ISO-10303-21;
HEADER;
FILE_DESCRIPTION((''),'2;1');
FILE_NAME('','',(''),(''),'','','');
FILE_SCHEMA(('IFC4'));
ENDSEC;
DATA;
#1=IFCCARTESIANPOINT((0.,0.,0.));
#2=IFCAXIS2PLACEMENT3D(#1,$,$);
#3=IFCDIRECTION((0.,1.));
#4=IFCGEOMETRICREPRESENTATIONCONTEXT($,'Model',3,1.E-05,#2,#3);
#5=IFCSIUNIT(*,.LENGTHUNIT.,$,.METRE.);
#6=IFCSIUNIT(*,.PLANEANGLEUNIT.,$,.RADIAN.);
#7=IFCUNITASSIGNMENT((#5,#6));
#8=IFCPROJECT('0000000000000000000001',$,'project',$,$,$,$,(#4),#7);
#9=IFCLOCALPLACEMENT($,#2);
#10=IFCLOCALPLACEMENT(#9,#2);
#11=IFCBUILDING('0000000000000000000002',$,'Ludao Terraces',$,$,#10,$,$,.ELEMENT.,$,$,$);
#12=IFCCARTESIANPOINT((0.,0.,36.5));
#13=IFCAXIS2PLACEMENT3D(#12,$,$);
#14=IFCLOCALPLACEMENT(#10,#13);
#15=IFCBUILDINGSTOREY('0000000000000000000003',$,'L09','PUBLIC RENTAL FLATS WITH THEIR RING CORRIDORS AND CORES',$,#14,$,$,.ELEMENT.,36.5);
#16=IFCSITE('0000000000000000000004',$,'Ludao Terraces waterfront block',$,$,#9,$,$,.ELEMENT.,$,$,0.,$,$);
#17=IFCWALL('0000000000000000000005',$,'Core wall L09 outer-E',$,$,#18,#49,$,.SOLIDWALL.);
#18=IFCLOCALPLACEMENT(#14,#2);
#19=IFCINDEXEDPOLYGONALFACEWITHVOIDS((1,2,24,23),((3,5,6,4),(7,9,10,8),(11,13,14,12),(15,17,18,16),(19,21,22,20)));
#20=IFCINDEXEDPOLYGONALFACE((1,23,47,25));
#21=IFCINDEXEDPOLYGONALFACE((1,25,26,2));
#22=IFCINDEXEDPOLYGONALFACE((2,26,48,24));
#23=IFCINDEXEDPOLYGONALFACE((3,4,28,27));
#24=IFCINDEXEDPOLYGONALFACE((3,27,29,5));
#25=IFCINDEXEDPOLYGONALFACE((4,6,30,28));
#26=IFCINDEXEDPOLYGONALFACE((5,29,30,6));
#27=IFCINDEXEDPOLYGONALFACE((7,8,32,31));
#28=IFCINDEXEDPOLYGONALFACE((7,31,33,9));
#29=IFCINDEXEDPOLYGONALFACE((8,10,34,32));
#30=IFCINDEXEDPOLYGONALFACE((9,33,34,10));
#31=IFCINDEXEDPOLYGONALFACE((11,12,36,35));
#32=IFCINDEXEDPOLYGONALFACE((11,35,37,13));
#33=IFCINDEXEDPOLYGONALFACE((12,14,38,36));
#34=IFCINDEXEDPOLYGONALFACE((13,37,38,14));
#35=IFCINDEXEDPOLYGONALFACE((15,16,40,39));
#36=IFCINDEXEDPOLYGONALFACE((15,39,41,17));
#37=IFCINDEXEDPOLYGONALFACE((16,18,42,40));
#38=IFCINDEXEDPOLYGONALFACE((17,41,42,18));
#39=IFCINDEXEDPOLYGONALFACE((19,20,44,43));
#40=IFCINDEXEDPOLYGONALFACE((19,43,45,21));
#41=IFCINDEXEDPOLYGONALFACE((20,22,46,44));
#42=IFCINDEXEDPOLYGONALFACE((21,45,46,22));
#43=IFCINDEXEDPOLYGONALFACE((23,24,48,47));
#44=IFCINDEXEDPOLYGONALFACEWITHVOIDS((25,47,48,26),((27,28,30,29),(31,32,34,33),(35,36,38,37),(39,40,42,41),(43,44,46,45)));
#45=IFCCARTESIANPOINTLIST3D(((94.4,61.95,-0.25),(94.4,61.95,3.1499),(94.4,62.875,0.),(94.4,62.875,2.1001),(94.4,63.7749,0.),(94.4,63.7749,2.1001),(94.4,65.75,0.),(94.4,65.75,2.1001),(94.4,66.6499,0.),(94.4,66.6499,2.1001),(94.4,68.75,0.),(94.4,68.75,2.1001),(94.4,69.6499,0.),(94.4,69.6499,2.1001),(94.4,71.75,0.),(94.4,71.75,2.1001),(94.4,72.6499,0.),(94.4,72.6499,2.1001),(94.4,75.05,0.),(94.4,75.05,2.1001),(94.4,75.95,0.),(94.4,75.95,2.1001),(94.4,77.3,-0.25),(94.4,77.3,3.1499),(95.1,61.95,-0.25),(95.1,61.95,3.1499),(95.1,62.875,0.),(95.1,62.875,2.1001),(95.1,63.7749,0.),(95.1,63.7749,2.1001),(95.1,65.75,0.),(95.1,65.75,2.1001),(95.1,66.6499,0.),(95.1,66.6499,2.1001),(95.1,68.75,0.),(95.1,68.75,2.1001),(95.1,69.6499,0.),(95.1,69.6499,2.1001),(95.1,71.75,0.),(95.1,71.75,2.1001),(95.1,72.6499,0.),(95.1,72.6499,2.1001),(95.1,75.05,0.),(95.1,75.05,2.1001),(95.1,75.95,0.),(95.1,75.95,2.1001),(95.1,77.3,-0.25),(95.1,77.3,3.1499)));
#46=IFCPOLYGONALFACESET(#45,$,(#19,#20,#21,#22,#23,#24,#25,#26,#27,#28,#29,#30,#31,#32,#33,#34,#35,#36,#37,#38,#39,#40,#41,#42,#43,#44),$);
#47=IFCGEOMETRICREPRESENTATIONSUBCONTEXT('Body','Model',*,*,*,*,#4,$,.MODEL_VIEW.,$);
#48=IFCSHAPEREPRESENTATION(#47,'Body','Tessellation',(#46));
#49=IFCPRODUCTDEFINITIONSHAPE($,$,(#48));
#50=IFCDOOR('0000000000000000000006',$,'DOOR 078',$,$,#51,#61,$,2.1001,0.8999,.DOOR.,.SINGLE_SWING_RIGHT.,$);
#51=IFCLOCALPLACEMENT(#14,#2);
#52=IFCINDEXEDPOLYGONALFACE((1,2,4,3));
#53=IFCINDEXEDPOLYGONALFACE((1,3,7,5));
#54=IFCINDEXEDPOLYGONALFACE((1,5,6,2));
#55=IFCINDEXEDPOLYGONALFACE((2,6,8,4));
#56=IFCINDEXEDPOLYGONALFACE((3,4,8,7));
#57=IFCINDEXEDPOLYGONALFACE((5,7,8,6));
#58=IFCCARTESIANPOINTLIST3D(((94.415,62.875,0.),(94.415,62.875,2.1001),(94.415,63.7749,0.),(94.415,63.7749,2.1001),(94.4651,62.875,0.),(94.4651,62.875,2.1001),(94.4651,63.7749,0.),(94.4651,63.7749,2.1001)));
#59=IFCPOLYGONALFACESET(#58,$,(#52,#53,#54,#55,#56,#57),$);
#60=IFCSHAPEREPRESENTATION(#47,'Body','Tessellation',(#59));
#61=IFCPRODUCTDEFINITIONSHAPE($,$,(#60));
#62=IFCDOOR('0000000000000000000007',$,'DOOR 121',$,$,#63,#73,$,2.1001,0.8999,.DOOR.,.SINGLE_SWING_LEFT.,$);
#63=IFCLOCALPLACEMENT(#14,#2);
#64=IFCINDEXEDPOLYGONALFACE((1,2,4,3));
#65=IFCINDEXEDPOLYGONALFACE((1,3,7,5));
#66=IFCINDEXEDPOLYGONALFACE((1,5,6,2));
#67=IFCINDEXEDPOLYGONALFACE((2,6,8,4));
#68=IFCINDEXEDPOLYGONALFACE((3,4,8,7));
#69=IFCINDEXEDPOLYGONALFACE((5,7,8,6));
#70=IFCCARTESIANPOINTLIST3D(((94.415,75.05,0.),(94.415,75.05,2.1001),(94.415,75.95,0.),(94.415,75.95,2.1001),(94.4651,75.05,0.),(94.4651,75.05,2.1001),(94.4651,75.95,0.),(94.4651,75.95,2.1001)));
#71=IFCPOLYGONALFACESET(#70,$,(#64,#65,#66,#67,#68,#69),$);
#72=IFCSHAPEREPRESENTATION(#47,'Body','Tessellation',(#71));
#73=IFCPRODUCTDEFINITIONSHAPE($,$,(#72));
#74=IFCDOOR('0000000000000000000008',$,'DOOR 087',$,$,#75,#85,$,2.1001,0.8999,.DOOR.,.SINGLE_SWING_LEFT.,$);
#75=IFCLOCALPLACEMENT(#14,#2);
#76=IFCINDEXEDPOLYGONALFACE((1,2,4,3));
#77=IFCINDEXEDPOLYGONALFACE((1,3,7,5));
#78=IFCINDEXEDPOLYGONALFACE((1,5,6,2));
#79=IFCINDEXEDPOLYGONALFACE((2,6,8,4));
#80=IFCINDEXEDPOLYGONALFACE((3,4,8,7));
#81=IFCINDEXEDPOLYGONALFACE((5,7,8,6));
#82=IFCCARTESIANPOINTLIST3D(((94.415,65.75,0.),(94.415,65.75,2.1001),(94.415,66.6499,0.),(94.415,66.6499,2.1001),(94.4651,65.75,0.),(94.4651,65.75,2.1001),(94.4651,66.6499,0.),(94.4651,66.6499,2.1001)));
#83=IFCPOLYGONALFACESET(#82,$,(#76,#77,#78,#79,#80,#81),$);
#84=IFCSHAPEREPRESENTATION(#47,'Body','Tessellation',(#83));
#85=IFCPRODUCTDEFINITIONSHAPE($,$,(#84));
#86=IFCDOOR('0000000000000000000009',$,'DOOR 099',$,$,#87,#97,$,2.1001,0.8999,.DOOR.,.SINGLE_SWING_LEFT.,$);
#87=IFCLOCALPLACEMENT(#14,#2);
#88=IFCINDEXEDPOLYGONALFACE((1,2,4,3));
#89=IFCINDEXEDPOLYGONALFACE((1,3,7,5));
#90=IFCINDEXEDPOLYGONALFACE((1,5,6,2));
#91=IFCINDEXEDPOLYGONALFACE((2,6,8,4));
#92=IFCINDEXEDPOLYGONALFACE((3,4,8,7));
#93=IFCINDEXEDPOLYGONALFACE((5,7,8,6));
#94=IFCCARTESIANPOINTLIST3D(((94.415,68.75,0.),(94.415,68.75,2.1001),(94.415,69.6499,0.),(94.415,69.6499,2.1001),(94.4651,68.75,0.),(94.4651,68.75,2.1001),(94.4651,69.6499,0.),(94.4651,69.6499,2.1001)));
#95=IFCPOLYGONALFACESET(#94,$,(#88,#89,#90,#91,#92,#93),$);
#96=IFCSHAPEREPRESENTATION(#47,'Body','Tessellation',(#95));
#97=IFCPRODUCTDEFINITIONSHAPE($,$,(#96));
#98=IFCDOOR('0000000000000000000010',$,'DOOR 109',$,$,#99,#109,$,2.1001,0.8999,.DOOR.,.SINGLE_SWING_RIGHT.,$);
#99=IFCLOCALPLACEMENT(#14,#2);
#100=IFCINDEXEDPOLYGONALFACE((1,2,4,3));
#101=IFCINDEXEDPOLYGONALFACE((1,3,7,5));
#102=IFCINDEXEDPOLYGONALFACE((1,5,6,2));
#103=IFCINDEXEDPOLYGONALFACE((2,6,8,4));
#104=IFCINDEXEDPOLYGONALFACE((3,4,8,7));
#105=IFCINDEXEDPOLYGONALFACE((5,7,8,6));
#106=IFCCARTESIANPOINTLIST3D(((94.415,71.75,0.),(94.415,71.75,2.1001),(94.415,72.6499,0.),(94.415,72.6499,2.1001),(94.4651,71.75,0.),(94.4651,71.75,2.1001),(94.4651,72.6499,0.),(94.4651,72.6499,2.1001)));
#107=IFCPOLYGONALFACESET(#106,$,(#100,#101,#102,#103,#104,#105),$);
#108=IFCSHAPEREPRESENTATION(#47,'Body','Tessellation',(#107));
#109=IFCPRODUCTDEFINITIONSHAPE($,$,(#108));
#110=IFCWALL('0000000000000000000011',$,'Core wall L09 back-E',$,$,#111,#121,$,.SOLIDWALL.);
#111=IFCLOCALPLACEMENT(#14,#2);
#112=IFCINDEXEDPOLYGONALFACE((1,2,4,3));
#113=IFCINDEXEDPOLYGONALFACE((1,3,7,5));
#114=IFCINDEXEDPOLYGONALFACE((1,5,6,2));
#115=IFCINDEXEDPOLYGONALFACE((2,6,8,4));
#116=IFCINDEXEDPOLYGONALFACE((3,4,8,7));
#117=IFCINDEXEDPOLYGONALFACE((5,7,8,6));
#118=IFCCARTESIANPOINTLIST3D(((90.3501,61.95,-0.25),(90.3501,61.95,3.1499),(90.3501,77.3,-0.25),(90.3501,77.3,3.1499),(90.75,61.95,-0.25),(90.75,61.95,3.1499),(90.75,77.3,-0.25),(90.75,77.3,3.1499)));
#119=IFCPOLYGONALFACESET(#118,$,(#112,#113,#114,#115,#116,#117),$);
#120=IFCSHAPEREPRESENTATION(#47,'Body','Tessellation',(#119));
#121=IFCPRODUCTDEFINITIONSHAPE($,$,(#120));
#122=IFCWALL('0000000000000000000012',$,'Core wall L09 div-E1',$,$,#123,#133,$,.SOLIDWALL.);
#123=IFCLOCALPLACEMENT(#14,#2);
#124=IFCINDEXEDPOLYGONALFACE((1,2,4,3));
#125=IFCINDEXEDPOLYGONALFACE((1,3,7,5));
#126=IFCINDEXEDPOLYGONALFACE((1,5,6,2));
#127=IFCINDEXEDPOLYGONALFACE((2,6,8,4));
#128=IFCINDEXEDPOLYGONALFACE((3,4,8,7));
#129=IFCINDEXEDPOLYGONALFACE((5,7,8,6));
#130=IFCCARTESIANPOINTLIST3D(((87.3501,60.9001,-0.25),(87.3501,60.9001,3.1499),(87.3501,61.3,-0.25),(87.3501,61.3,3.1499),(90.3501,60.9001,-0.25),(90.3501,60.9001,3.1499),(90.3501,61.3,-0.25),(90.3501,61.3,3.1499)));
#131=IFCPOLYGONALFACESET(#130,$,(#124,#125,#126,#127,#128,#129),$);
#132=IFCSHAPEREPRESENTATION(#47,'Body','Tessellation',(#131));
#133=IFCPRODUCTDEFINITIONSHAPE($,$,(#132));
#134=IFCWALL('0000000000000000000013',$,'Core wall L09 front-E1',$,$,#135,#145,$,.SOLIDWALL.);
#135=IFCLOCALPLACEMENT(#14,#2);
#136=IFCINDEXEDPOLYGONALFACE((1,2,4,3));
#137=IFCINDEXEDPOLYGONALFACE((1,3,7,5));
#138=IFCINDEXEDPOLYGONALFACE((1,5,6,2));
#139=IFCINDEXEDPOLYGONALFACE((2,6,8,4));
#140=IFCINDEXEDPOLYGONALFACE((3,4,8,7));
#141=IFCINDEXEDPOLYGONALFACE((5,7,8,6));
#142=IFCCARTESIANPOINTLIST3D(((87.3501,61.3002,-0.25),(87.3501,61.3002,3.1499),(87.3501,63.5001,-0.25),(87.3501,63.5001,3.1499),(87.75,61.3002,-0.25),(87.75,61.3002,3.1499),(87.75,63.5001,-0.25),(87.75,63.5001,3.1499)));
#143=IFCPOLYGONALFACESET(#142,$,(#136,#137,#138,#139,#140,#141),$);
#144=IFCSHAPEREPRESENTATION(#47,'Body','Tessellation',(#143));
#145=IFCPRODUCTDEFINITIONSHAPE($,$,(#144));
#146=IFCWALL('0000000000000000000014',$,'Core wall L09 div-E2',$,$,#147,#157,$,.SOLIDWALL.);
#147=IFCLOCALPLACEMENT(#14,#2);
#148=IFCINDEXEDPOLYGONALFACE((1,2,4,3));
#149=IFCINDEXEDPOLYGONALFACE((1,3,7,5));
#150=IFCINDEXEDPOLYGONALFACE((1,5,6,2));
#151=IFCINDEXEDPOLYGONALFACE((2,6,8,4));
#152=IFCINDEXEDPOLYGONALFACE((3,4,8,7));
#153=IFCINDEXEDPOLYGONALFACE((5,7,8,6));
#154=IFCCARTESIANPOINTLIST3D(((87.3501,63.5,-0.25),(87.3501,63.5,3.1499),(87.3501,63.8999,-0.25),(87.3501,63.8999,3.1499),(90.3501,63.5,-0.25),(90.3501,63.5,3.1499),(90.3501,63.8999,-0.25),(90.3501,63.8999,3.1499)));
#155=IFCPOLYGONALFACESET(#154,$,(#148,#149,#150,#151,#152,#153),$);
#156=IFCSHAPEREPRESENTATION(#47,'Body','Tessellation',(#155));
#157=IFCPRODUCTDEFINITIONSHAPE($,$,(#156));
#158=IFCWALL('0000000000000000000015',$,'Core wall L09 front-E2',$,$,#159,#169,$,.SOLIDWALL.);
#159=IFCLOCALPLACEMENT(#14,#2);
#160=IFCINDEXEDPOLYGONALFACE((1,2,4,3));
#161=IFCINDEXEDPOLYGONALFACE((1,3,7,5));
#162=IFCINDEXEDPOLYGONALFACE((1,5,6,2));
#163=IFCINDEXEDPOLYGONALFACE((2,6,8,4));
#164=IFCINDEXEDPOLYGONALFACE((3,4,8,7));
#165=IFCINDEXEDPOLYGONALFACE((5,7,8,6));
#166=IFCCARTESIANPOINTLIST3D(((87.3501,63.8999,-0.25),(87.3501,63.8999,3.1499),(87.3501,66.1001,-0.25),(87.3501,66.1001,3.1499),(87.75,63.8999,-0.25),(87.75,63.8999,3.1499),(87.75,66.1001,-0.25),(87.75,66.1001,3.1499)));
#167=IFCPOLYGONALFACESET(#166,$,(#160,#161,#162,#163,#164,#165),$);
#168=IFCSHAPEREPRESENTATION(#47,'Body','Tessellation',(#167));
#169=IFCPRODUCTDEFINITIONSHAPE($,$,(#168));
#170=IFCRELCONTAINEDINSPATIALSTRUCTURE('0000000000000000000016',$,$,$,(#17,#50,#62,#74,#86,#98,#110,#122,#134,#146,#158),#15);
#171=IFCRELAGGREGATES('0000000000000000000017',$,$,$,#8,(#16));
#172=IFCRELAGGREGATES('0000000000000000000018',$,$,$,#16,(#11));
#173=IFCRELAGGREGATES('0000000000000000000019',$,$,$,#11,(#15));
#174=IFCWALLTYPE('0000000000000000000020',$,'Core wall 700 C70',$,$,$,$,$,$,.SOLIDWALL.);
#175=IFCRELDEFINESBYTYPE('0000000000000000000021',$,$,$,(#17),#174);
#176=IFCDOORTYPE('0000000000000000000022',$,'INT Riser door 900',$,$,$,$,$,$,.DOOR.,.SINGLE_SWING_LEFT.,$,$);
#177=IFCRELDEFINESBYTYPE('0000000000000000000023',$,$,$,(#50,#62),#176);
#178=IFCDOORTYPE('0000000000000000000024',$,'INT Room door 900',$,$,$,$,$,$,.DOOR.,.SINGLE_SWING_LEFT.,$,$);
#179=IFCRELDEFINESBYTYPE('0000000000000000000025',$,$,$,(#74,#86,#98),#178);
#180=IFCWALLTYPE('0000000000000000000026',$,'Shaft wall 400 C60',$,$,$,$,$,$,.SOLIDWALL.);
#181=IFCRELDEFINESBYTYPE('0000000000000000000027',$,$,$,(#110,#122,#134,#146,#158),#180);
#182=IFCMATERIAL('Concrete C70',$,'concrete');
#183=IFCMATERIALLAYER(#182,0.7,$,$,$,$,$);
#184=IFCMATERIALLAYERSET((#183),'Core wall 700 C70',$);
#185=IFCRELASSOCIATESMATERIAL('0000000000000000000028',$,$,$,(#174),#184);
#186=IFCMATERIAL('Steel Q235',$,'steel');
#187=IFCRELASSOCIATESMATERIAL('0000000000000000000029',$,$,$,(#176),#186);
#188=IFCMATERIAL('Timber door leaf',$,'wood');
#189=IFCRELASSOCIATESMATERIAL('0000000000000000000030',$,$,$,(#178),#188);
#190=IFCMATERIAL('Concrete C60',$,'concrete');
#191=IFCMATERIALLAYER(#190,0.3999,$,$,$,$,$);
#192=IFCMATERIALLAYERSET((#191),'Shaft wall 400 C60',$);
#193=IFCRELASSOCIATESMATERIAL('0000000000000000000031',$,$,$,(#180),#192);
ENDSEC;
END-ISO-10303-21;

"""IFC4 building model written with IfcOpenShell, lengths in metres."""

from ifc_helpers import new_model, si_unit, direction, frame, frame_2d, origin, place, context, subcontext, project, spatial, rectangle, extrude, material, layer, layer_set, type_object, element, fill, save


model = new_model("IFC4")

# Units and contexts
model_context = context("Model", 3, precision=1e-05, world=origin(), true_north=direction((0.0, 1.0)))
body_context = subcontext(model_context, "Body", "Model", "MODEL_VIEW")
ifc_project = project(units=[si_unit("LENGTHUNIT", "METRE"), si_unit("PLANEANGLEUNIT", "RADIAN")], contexts=[model_context])

# Site, building, storey
site_placement = place(None, origin())
site = spatial("IfcSite", under=ifc_project, at=site_placement, Name="Ludao Terraces waterfront block", CompositionType="ELEMENT", RefElevation=0.0)
building_placement = place(site_placement, origin())
building = spatial("IfcBuilding", under=site, at=building_placement, Name="Ludao Terraces", CompositionType="ELEMENT")
storey_placement = place(building_placement, frame((0.0, 0.0, 36.5)))
storey = spatial("IfcBuildingStorey", under=building, at=storey_placement, Name="L09", Description="PUBLIC RENTAL FLATS WITH THEIR RING CORRIDORS AND CORES", CompositionType="ELEMENT", Elevation=36.5)

# Wall, openings, doors
ifc_material_1 = material(Name="Concrete C70", Category="concrete")
ifc_layer_1 = layer(ifc_material_1, 0.7)
ifc_layer_set_1 = layer_set([ifc_layer_1], Name="Core wall 700 C70")
wall_type_1 = type_object("IfcWallType", Name="Core wall 700 C70", PredefinedType="SOLIDWALL", material=ifc_layer_set_1)
wall_1_placement = place(storey_placement, frame((94.75, 61.95, -0.25), z_axis=(0.0, 0.0, 1.0), x_axis=(0.0, 1.0, 0.0)))
wall_1 = element("IfcWall", 1, at=wall_1_placement, inside=storey, type_object=wall_type_1, Name="Core wall L09 outer-E", PredefinedType="SOLIDWALL", context=body_context, shape_type="SweptSolid", body=[
    extrude(rectangle(XDim=15.3501, YDim=0.7, at=frame_2d((7.675, 0.0))), origin(), (0.0, 0.0, 1.0), 3.3999),
])
opening_1_placement = place(wall_1_placement, frame((0.925, 0.0, 0.25)))
opening_1 = element("IfcOpeningElement", 2, at=opening_1_placement, cuts=wall_1, PredefinedType="OPENING", context=body_context, shape_type="SweptSolid", body=[
    extrude(rectangle(XDim=0.8999, YDim=2.1001, at=frame_2d((0.45, 1.05))), frame((0.0, 0.3599, 0.0), z_axis=(0.0, -1.0, 0.0), x_axis=(1.0, 0.0, 0.0)), (0.0, 0.0, 1.0), 0.72),
])
opening_2_placement = place(wall_1_placement, frame((3.8, 0.0, 0.25)))
opening_2 = element("IfcOpeningElement", 3, at=opening_2_placement, cuts=wall_1, PredefinedType="OPENING", context=body_context, shape_type="SweptSolid", body=[
    extrude(rectangle(XDim=0.8999, YDim=2.1001, at=frame_2d((0.45, 1.05))), frame((0.0, 0.3599, 0.0), z_axis=(0.0, -1.0, 0.0), x_axis=(1.0, 0.0, 0.0)), (0.0, 0.0, 1.0), 0.72),
])
opening_3_placement = place(wall_1_placement, frame((6.8, 0.0, 0.25)))
opening_3 = element("IfcOpeningElement", 4, at=opening_3_placement, cuts=wall_1, PredefinedType="OPENING", context=body_context, shape_type="SweptSolid", body=[
    extrude(rectangle(XDim=0.8999, YDim=2.1001, at=frame_2d((0.45, 1.05))), frame((0.0, 0.3599, 0.0), z_axis=(0.0, -1.0, 0.0), x_axis=(1.0, 0.0, 0.0)), (0.0, 0.0, 1.0), 0.72),
])
opening_4_placement = place(wall_1_placement, frame((9.8, 0.0, 0.25)))
opening_4 = element("IfcOpeningElement", 5, at=opening_4_placement, cuts=wall_1, PredefinedType="OPENING", context=body_context, shape_type="SweptSolid", body=[
    extrude(rectangle(XDim=0.8999, YDim=2.1001, at=frame_2d((0.45, 1.05))), frame((0.0, 0.3599, 0.0), z_axis=(0.0, -1.0, 0.0), x_axis=(1.0, 0.0, 0.0)), (0.0, 0.0, 1.0), 0.72),
])
opening_5_placement = place(wall_1_placement, frame((13.1001, 0.0, 0.25)))
opening_5 = element("IfcOpeningElement", 6, at=opening_5_placement, cuts=wall_1, PredefinedType="OPENING", context=body_context, shape_type="SweptSolid", body=[
    extrude(rectangle(XDim=0.8999, YDim=2.1001, at=frame_2d((0.45, 1.05))), frame((0.0, 0.3599, 0.0), z_axis=(0.0, -1.0, 0.0), x_axis=(1.0, 0.0, 0.0)), (0.0, 0.0, 1.0), 0.72),
])
ifc_material_2 = material(Name="Steel Q235", Category="steel")
door_type_1 = type_object("IfcDoorType", Name="INT Riser door 900", OperationType="SINGLE_SWING_LEFT", PredefinedType="DOOR", material=ifc_material_2)
door_1_placement = place(opening_1_placement, origin())
door_1 = element("IfcDoor", 7, at=door_1_placement, inside=storey, type_object=door_type_1, Name="DOOR 078", OperationType="SINGLE_SWING_RIGHT", OverallHeight=2.1001, OverallWidth=0.8999, PredefinedType="DOOR", context=body_context, shape_type="SweptSolid", body=[
    extrude(rectangle(XDim=0.8999, YDim=2.1001, at=frame_2d((0.45, 1.05))), frame((0.0, 0.335, 0.0), z_axis=(0.0, -1.0, 0.0), x_axis=(1.0, 0.0, 0.0)), (0.0, 0.0, 1.0), 0.05),
])
fill(opening_1, door_1)
door_2_placement = place(opening_5_placement, origin())
door_2 = element("IfcDoor", 8, at=door_2_placement, inside=storey, type_object=door_type_1, Name="DOOR 121", OperationType="SINGLE_SWING_LEFT", OverallHeight=2.1001, OverallWidth=0.8999, PredefinedType="DOOR", context=body_context, shape_type="SweptSolid", body=[
    extrude(rectangle(XDim=0.8999, YDim=2.1001, at=frame_2d((0.45, 1.05))), frame((0.0, 0.335, 0.0), z_axis=(0.0, -1.0, 0.0), x_axis=(1.0, 0.0, 0.0)), (0.0, 0.0, 1.0), 0.05),
])
fill(opening_5, door_2)
ifc_material_3 = material(Name="Timber door leaf", Category="wood")
door_type_2 = type_object("IfcDoorType", Name="INT Room door 900", OperationType="SINGLE_SWING_LEFT", PredefinedType="DOOR", material=ifc_material_3)
door_3_placement = place(opening_2_placement, origin())
door_3 = element("IfcDoor", 9, at=door_3_placement, inside=storey, type_object=door_type_2, Name="DOOR 087", OperationType="SINGLE_SWING_LEFT", OverallHeight=2.1001, OverallWidth=0.8999, PredefinedType="DOOR", context=body_context, shape_type="SweptSolid", body=[
    extrude(rectangle(XDim=0.8999, YDim=2.1001, at=frame_2d((0.45, 1.05))), frame((0.0, 0.335, 0.0), z_axis=(0.0, -1.0, 0.0), x_axis=(1.0, 0.0, 0.0)), (0.0, 0.0, 1.0), 0.05),
])
fill(opening_2, door_3)
door_4_placement = place(opening_3_placement, origin())
door_4 = element("IfcDoor", 10, at=door_4_placement, inside=storey, type_object=door_type_2, Name="DOOR 099", OperationType="SINGLE_SWING_LEFT", OverallHeight=2.1001, OverallWidth=0.8999, PredefinedType="DOOR", context=body_context, shape_type="SweptSolid", body=[
    extrude(rectangle(XDim=0.8999, YDim=2.1001, at=frame_2d((0.45, 1.05))), frame((0.0, 0.335, 0.0), z_axis=(0.0, -1.0, 0.0), x_axis=(1.0, 0.0, 0.0)), (0.0, 0.0, 1.0), 0.05),
])
fill(opening_3, door_4)
door_5_placement = place(opening_4_placement, origin())
door_5 = element("IfcDoor", 11, at=door_5_placement, inside=storey, type_object=door_type_2, Name="DOOR 109", OperationType="SINGLE_SWING_RIGHT", OverallHeight=2.1001, OverallWidth=0.8999, PredefinedType="DOOR", context=body_context, shape_type="SweptSolid", body=[
    extrude(rectangle(XDim=0.8999, YDim=2.1001, at=frame_2d((0.45, 1.05))), frame((0.0, 0.335, 0.0), z_axis=(0.0, -1.0, 0.0), x_axis=(1.0, 0.0, 0.0)), (0.0, 0.0, 1.0), 0.05),
])
fill(opening_4, door_5)

# Walls
ifc_material_4 = material(Name="Concrete C60", Category="concrete")
ifc_layer_2 = layer(ifc_material_4, 0.3999)
ifc_layer_set_2 = layer_set([ifc_layer_2], Name="Shaft wall 400 C60")
wall_type_2 = type_object("IfcWallType", Name="Shaft wall 400 C60", PredefinedType="SOLIDWALL", material=ifc_layer_set_2)
wall_2_placement = place(storey_placement, frame((90.55, 61.95, -0.25), z_axis=(0.0, 0.0, 1.0), x_axis=(0.0, 1.0, 0.0)))
element("IfcWall", 12, at=wall_2_placement, inside=storey, type_object=wall_type_2, Name="Core wall L09 back-E", PredefinedType="SOLIDWALL", context=body_context, shape_type="SweptSolid", body=[
    extrude(rectangle(XDim=15.3501, YDim=0.3999, at=frame_2d((7.675, 0.0))), origin(), (0.0, 0.0, 1.0), 3.3999),
])
wall_3_placement = place(storey_placement, frame((87.3501, 61.1001, -0.25), z_axis=(0.0, 0.0, 1.0), x_axis=(1.0, 0.0, 0.0)))
element("IfcWall", 13, at=wall_3_placement, inside=storey, type_object=wall_type_2, Name="Core wall L09 div-E1", PredefinedType="SOLIDWALL", context=body_context, shape_type="SweptSolid", body=[
    extrude(rectangle(XDim=3.0, YDim=0.3999, at=frame_2d((1.5, 0.0))), origin(), (0.0, 0.0, 1.0), 3.3999),
])
wall_4_placement = place(storey_placement, frame((87.55, 61.3, -0.25), z_axis=(0.0, 0.0, 1.0), x_axis=(0.0, 1.0, 0.0)))
element("IfcWall", 14, at=wall_4_placement, inside=storey, type_object=wall_type_2, Name="Core wall L09 front-E1", PredefinedType="SOLIDWALL", context=body_context, shape_type="SweptSolid", body=[
    extrude(rectangle(XDim=2.2, YDim=0.3999, at=frame_2d((1.1001, 0.0))), origin(), (0.0, 0.0, 1.0), 3.3999),
])
wall_5_placement = place(storey_placement, frame((87.3501, 63.7, -0.25), z_axis=(0.0, 0.0, 1.0), x_axis=(1.0, 0.0, 0.0)))
element("IfcWall", 15, at=wall_5_placement, inside=storey, type_object=wall_type_2, Name="Core wall L09 div-E2", PredefinedType="SOLIDWALL", context=body_context, shape_type="SweptSolid", body=[
    extrude(rectangle(XDim=3.0, YDim=0.3999, at=frame_2d((1.5, 0.0))), origin(), (0.0, 0.0, 1.0), 3.3999),
])
wall_6_placement = place(storey_placement, frame((87.55, 63.8999, -0.25), z_axis=(0.0, 0.0, 1.0), x_axis=(0.0, 1.0, 0.0)))
element("IfcWall", 16, at=wall_6_placement, inside=storey, type_object=wall_type_2, Name="Core wall L09 front-E2", PredefinedType="SOLIDWALL", context=body_context, shape_type="SweptSolid", body=[
    extrude(rectangle(XDim=2.2002, YDim=0.3999, at=frame_2d((1.1001, 0.0))), origin(), (0.0, 0.0, 1.0), 3.3999),
])

save(model, "model.ifc")
